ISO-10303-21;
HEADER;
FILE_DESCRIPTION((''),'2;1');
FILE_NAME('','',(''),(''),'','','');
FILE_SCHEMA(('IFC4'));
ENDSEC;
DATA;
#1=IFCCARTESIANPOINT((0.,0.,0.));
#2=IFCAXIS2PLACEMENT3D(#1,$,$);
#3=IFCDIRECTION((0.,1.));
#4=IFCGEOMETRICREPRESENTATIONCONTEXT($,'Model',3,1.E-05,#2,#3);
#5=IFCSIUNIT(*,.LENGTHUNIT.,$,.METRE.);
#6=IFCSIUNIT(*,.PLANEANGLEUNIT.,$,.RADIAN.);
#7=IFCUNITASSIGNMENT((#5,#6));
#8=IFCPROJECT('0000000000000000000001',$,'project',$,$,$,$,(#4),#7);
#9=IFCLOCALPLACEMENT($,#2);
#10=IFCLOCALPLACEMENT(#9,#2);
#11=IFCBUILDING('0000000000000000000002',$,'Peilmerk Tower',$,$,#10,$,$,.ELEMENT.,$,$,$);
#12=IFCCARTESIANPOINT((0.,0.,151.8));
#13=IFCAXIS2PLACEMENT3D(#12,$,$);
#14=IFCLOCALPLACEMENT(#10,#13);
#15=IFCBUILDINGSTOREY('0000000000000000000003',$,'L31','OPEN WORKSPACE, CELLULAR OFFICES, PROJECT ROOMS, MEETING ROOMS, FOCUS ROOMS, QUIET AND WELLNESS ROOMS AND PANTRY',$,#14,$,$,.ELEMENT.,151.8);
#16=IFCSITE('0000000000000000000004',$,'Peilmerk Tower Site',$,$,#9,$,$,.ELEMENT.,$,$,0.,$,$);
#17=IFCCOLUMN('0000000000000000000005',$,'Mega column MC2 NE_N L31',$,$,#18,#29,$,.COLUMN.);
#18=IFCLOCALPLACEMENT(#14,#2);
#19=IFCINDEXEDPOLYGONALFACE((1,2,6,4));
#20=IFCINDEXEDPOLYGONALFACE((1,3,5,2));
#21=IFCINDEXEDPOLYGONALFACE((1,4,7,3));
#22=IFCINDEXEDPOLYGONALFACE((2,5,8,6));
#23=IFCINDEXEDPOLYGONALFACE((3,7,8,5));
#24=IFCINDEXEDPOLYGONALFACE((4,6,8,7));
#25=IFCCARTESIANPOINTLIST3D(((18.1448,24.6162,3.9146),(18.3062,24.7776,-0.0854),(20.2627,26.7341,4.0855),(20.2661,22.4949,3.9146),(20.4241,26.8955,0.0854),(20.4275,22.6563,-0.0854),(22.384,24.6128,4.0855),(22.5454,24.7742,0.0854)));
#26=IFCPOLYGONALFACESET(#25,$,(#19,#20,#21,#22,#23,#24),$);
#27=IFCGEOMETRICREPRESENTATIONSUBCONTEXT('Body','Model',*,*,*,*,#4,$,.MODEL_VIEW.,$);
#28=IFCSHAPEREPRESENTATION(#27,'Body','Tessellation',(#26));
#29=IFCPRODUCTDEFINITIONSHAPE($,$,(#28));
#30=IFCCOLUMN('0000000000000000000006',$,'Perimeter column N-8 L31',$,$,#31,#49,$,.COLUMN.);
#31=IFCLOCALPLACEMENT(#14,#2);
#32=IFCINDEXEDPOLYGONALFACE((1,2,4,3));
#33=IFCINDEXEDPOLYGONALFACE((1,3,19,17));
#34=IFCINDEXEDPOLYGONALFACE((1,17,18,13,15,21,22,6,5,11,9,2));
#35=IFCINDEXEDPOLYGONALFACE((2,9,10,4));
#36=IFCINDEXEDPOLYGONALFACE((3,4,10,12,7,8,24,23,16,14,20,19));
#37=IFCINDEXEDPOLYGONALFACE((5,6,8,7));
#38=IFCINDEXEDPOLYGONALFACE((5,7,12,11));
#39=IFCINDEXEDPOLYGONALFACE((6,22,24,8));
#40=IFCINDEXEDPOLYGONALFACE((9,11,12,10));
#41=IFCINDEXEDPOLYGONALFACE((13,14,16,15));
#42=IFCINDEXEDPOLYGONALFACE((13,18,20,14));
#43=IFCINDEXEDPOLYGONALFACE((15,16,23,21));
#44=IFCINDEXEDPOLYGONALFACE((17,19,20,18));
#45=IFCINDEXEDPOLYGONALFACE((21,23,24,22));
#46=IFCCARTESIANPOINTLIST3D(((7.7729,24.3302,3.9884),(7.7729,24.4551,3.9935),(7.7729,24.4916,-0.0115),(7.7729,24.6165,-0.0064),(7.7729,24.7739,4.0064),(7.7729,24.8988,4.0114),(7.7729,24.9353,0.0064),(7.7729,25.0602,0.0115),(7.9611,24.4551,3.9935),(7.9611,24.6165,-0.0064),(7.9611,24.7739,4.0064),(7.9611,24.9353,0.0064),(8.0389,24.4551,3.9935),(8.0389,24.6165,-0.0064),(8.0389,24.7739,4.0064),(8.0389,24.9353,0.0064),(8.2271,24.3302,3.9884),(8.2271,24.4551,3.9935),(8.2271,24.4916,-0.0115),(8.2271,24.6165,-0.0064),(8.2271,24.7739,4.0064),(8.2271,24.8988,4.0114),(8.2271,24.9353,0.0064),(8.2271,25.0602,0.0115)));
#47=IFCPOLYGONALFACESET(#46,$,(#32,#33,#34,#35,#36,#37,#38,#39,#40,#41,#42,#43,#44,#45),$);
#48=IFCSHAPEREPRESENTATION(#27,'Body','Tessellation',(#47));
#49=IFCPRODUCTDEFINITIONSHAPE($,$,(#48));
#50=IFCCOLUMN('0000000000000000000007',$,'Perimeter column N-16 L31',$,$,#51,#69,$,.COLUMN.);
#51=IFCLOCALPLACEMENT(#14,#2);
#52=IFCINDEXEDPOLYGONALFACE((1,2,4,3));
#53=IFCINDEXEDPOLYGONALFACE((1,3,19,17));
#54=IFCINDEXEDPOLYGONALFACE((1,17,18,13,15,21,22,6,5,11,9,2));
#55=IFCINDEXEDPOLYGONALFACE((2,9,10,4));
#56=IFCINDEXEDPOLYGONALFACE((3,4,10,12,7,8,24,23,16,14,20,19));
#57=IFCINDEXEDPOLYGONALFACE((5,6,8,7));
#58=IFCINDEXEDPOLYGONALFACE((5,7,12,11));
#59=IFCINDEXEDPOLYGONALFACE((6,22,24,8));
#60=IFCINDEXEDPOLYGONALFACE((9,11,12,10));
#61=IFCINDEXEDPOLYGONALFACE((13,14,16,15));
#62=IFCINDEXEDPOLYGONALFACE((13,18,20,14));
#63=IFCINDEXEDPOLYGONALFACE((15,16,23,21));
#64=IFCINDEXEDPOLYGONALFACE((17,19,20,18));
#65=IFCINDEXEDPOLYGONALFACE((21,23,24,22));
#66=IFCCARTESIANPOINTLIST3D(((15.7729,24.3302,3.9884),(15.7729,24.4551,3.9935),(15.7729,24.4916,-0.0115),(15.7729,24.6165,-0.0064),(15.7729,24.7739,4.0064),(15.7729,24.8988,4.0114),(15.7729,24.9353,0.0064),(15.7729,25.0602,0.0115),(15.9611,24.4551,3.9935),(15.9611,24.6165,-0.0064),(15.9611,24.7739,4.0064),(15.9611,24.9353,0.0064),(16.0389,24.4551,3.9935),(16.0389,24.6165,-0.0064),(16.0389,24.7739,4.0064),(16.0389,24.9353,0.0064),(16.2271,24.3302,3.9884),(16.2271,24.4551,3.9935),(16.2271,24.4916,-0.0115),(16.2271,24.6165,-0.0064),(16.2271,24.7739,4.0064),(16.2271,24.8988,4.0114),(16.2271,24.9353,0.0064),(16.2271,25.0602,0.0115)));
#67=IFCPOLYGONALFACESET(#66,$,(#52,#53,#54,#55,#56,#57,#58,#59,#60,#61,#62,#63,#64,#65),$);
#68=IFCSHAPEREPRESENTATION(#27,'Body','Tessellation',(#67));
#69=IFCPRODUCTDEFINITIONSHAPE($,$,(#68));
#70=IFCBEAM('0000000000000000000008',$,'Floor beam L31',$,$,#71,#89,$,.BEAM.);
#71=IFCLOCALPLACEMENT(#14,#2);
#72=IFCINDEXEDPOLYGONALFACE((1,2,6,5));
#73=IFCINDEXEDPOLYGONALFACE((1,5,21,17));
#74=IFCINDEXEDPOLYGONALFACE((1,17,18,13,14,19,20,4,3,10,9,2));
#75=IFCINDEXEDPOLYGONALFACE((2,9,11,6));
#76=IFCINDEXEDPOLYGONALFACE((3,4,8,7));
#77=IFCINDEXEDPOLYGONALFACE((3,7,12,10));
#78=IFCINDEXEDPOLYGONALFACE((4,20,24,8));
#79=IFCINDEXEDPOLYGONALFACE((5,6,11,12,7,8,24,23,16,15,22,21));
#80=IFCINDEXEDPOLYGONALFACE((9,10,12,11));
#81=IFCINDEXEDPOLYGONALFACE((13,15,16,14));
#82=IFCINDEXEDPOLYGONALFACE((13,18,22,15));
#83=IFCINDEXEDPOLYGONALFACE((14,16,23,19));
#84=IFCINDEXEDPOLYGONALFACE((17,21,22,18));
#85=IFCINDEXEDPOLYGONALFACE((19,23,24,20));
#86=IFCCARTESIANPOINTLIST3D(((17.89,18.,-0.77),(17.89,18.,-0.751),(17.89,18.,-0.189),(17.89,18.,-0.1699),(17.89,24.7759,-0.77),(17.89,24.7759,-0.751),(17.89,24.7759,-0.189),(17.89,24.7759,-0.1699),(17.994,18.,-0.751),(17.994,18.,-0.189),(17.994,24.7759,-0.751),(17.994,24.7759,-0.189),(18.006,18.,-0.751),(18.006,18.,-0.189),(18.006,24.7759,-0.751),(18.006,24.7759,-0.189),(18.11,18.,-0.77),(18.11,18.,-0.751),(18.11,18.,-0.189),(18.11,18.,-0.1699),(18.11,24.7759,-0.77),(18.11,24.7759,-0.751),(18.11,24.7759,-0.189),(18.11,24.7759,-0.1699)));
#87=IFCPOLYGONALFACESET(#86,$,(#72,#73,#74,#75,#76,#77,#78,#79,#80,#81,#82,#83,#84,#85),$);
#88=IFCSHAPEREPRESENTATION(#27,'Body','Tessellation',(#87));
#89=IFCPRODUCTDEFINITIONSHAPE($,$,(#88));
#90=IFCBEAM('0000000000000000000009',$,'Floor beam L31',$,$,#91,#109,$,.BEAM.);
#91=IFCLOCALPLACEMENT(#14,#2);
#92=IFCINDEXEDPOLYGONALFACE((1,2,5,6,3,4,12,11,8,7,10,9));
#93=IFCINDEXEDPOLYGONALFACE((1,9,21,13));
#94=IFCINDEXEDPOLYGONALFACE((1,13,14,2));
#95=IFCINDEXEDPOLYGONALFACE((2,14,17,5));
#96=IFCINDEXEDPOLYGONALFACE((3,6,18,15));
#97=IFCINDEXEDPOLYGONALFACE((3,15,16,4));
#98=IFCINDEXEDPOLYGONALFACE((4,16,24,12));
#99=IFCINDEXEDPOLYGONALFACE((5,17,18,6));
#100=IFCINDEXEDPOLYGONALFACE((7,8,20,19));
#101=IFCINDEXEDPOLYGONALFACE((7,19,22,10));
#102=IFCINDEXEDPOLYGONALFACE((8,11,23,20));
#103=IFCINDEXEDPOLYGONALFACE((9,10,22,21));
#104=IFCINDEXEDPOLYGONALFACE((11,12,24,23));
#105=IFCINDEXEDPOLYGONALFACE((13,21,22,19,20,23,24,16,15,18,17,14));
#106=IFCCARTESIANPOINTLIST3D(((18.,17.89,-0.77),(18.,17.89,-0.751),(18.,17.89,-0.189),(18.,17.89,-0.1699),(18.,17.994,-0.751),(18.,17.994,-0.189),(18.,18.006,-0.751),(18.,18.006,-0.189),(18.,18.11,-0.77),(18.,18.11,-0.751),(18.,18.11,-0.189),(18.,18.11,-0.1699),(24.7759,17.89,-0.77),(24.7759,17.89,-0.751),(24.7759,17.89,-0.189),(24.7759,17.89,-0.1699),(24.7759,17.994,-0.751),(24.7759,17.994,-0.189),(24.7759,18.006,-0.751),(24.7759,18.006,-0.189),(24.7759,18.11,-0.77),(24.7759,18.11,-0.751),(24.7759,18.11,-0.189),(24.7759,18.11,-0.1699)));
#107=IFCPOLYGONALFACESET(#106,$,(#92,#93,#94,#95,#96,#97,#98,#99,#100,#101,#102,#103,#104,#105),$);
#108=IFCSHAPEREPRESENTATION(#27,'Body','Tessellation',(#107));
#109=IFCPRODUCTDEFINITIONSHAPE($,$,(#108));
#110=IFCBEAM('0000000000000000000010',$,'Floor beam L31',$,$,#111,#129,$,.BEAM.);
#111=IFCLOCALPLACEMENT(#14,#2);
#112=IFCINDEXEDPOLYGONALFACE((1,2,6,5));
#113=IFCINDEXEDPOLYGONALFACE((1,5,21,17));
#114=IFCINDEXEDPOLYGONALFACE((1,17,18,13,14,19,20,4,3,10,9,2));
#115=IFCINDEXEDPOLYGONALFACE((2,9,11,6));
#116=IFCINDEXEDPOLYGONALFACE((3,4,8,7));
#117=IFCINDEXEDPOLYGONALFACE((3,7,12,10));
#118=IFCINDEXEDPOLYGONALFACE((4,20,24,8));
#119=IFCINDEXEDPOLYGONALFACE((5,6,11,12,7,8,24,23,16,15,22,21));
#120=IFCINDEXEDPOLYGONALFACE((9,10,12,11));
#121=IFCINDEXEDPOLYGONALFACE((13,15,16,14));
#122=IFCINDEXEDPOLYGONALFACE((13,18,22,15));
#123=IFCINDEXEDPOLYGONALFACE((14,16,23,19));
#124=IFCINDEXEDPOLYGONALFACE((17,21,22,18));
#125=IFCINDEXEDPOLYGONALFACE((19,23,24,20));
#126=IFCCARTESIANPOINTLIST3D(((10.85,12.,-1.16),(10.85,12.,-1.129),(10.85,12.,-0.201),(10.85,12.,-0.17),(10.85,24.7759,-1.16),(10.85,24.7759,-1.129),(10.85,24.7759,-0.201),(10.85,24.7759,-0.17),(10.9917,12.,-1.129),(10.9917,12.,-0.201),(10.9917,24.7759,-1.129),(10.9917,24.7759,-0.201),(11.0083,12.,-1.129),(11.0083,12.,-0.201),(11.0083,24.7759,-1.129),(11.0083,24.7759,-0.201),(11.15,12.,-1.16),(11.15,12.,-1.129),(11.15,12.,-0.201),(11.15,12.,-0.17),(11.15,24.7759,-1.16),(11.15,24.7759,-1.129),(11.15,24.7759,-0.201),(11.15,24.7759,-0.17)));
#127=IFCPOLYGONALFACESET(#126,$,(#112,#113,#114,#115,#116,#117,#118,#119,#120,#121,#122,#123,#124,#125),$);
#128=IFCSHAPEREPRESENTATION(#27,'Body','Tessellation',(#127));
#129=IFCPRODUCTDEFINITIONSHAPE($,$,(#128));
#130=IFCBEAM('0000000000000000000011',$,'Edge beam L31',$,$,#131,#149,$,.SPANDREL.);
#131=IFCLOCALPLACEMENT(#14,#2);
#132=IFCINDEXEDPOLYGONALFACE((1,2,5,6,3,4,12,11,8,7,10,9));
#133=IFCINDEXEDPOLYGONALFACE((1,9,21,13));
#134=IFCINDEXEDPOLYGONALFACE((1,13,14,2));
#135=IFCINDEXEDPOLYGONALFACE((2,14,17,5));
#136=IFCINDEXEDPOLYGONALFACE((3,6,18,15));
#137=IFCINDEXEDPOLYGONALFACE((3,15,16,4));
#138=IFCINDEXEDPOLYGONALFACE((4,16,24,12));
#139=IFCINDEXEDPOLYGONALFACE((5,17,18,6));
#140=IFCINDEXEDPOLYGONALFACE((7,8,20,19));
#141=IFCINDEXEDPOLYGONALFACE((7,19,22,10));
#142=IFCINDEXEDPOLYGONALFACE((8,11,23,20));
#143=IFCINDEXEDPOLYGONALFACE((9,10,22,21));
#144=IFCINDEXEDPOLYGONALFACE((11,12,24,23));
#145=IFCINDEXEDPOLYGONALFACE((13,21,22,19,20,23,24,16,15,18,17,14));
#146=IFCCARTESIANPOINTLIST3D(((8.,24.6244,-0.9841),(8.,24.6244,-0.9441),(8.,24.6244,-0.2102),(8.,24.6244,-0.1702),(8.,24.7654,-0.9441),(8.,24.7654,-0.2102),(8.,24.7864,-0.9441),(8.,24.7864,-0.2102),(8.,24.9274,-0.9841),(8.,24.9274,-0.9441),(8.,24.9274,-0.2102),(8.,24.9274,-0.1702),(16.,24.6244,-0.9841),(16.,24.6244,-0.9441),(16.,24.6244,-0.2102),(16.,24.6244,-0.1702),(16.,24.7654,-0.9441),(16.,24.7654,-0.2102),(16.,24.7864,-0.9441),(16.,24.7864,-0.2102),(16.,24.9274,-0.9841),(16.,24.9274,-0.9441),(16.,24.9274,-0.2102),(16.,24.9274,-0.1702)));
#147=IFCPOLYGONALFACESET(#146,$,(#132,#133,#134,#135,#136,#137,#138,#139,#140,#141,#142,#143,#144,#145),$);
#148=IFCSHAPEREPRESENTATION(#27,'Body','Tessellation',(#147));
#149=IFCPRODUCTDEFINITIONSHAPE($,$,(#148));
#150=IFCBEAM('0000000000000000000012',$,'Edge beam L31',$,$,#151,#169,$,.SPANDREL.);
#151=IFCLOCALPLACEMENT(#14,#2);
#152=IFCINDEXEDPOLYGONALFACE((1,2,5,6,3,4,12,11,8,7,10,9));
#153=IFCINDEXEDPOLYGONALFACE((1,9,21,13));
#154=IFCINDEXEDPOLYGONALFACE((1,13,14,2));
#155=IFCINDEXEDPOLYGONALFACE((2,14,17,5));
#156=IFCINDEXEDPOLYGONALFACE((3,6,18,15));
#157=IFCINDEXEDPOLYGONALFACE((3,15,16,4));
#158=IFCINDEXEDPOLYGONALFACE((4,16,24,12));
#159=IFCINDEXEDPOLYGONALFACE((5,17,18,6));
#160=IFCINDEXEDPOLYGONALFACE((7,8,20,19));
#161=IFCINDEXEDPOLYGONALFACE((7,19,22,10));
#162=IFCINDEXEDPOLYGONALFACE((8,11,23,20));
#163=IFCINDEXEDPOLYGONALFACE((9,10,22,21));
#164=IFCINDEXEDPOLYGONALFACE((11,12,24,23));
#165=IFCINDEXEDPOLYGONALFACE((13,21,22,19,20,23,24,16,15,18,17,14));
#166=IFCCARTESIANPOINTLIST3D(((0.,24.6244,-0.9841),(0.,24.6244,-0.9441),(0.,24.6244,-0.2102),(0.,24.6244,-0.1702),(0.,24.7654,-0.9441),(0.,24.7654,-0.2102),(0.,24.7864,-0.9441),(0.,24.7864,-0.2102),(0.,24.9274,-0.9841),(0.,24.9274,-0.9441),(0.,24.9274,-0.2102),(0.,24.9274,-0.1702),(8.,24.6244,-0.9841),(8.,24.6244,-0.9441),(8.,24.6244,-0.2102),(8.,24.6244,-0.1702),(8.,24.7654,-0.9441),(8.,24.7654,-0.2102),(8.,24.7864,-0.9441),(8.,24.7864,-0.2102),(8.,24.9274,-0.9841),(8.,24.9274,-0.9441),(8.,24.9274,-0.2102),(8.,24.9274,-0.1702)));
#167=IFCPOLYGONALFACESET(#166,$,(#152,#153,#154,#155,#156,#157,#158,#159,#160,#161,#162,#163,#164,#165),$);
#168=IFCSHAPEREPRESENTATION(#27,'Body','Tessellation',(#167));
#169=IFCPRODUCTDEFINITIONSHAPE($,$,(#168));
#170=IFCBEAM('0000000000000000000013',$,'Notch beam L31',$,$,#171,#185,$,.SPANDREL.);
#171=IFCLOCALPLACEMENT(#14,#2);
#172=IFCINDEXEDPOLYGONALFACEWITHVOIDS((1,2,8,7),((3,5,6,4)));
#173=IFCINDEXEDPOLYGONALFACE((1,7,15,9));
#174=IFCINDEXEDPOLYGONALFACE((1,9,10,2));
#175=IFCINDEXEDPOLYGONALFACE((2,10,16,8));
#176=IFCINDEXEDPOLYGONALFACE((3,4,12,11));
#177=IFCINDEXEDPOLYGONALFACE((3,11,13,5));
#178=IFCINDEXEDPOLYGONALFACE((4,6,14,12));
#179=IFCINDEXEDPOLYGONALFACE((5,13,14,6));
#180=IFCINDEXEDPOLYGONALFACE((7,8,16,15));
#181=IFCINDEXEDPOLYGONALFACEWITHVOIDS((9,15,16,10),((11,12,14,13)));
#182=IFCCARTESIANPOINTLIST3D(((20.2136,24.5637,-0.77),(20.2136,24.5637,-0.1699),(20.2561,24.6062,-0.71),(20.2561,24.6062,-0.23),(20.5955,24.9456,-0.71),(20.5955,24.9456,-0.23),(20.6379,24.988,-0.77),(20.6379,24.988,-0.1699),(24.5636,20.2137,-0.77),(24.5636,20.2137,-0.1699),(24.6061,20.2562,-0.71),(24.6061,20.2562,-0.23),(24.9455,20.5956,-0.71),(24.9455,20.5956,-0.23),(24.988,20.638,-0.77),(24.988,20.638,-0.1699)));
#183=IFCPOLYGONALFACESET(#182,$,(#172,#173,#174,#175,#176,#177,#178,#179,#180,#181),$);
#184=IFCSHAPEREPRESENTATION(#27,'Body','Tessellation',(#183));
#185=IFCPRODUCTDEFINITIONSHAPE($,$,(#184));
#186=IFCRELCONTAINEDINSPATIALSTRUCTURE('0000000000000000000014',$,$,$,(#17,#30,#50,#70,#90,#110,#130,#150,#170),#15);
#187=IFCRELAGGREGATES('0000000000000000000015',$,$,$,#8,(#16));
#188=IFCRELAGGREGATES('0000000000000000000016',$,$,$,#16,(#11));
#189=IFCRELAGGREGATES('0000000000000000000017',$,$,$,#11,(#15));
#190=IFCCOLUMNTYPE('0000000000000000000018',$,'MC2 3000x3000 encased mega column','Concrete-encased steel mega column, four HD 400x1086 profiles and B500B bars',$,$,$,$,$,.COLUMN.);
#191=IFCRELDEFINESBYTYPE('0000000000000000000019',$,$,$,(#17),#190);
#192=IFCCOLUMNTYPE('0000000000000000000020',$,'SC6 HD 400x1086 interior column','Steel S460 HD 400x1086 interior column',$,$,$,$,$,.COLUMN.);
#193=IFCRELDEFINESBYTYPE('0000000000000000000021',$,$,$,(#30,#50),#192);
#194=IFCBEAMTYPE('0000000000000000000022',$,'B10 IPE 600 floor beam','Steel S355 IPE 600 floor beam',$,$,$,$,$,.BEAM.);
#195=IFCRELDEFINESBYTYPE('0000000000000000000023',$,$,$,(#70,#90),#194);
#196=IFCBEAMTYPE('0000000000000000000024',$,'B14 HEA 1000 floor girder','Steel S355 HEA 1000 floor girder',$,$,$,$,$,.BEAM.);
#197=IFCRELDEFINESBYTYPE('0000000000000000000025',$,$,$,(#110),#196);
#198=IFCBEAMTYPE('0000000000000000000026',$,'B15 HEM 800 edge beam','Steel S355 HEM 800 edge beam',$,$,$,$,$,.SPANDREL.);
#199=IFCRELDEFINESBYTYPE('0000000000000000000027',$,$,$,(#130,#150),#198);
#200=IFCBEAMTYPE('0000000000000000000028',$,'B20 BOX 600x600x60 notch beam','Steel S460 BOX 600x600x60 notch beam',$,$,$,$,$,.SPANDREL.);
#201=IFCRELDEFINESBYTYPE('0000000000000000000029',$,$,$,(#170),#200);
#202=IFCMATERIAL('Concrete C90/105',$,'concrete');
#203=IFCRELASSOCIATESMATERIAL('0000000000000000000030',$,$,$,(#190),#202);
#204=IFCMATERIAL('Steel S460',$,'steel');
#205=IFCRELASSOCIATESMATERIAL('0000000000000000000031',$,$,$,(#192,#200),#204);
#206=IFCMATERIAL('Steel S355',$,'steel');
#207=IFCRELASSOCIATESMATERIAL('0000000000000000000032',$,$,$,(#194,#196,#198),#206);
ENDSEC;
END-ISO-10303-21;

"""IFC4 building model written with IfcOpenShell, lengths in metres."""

from ifc_helpers import new_model, si_unit, direction, frame, origin, origin_2d, place, context, subcontext, project, spatial, rectangle, hollow_rectangle, i_section, extrude, material, material_profile, profile_set, type_object, element, save


model = new_model("IFC4")

# Units and contexts
model_context = context("Model", 3, precision=1e-05, world=origin(), true_north=direction((0.0, 1.0)))
body_context = subcontext(model_context, "Body", "Model", "MODEL_VIEW")
ifc_project = project(units=[si_unit("LENGTHUNIT", "METRE"), si_unit("PLANEANGLEUNIT", "RADIAN")], contexts=[model_context])

# Site, building, storey
site_placement = place(None, origin())
site = spatial("IfcSite", under=ifc_project, at=site_placement, Name="Peilmerk Tower Site", CompositionType="ELEMENT", RefElevation=0.0)
building_placement = place(site_placement, origin())
building = spatial("IfcBuilding", under=site, at=building_placement, Name="Peilmerk Tower", CompositionType="ELEMENT")
storey_placement = place(building_placement, frame((0.0, 0.0, 151.8)))
storey = spatial("IfcBuildingStorey", under=building, at=storey_placement, Name="L31", Description="OPEN WORKSPACE, CELLULAR OFFICES, PROJECT ROOMS, MEETING ROOMS, FOCUS ROOMS, QUIET AND WELLNESS ROOMS AND PANTRY", CompositionType="ELEMENT", Elevation=151.8)

# Columns
ifc_material_1 = material(Name="Concrete C90/105", Category="concrete")
ifc_material_profile_1 = material_profile(ifc_material_1, rectangle(XDim=3.0, YDim=3.0, at=origin_2d()), Name="RC 3000x3000")
ifc_profile_set_1 = profile_set([ifc_material_profile_1], Name="Concrete C90/105")
column_type_1 = type_object("IfcColumnType", Name="MC2 3000x3000 encased mega column", Description="Concrete-encased steel mega column, four HD 400x1086 profiles and B500B bars", PredefinedType="COLUMN", material=ifc_profile_set_1)
column_placement = place(storey_placement, frame((20.4258, 24.7759, 0.0), z_axis=(-0.040279, -0.040279, 0.998376), x_axis=(0.707107, -0.707107, 0.0)))
element("IfcColumn", 1, at=column_placement, inside=storey, type_object=column_type_1, Name="Mega column MC2 NE_N L31", PredefinedType="COLUMN", context=body_context, shape_type="SweptSolid", body=[
    extrude(rectangle(XDim=3.0, YDim=3.0, at=origin_2d()), origin(), (0.0, 0.0, 1.0), 4.0066),
])
ifc_material_2 = material(Name="Steel S460", Category="steel")
ifc_material_profile_2 = material_profile(ifc_material_2, i_section(OverallWidth=0.4541, OverallDepth=0.5691, WebThickness=0.0779, FlangeThickness=0.125, at=origin_2d()), Name="HD 400x1086")
ifc_profile_set_2 = profile_set([ifc_material_profile_2], Name="Steel S460")
column_type_2 = type_object("IfcColumnType", Name="SC6 HD 400x1086 interior column", Description="Steel S460 HD 400x1086 interior column", PredefinedType="COLUMN", material=ifc_profile_set_2)
for number, where, z_axis, x_axis, name in (
    (2, (8.0, 24.7759, 0.0), (0.0, -0.040311, 0.999187), (1.0, 0.0, 0.0), "Perimeter column N-8 L31"),
    (3, (16.0, 24.7759, 0.0), (0.0, -0.040311, 0.999187), (1.0, 0.0, 0.0), "Perimeter column N-16 L31"),
):
    element("IfcColumn", number, at=place(storey_placement, frame(where, z_axis=z_axis, x_axis=x_axis)), inside=storey, type_object=column_type_2, Name=name, PredefinedType="COLUMN", context=body_context, shape_type="SweptSolid", body=[
        extrude(i_section(OverallWidth=0.4541, OverallDepth=0.5691, WebThickness=0.0779, FlangeThickness=0.125, at=origin_2d()), origin(), (0.0, 0.0, 1.0), 4.0032),
    ])

# Beams
ifc_material_3 = material(Name="Steel S355", Category="steel")
ifc_material_profile_3 = material_profile(ifc_material_3, i_section(OverallWidth=0.22, OverallDepth=0.6001, WebThickness=0.012, FlangeThickness=0.019, at=origin_2d()), Name="IPE 600")
ifc_profile_set_3 = profile_set([ifc_material_profile_3], Name="Steel S355")
beam_type_1 = type_object("IfcBeamType", Name="B10 IPE 600 floor beam", Description="Steel S355 IPE 600 floor beam", PredefinedType="BEAM", material=ifc_profile_set_3)
for number, where, z_axis, x_axis, name in (
    (4, (18.0, 18.0, -0.47), (0.0, 1.0, 0.0), (-1.0, 0.0, 0.0), "Floor beam L31"),
    (5, (18.0, 18.0, -0.47), (1.0, 0.0, 0.0), (0.0, 1.0, 0.0), "Floor beam L31"),
):
    element("IfcBeam", number, at=place(storey_placement, frame(where, z_axis=z_axis, x_axis=x_axis)), inside=storey, type_object=beam_type_1, Name=name, PredefinedType="BEAM", context=body_context, shape_type="SweptSolid", body=[
        extrude(i_section(OverallWidth=0.22, OverallDepth=0.6001, WebThickness=0.012, FlangeThickness=0.019, at=origin_2d()), origin(), (0.0, 0.0, 1.0), 6.7759),
    ])
ifc_material_profile_4 = material_profile(ifc_material_3, i_section(OverallWidth=0.3, OverallDepth=0.99, WebThickness=0.0166, FlangeThickness=0.031, at=origin_2d()), Name="HEA 1000")
ifc_profile_set_4 = profile_set([ifc_material_profile_4], Name="Steel S355")
beam_type_2 = type_object("IfcBeamType", Name="B14 HEA 1000 floor girder", Description="Steel S355 HEA 1000 floor girder", PredefinedType="BEAM", material=ifc_profile_set_4)
beam_1_placement = place(storey_placement, frame((11.0, 12.0, -0.665), z_axis=(0.0, 1.0, 0.0), x_axis=(-1.0, 0.0, 0.0)))
element("IfcBeam", 6, at=beam_1_placement, inside=storey, type_object=beam_type_2, Name="Floor beam L31", PredefinedType="BEAM", context=body_context, shape_type="SweptSolid", body=[
    extrude(i_section(OverallWidth=0.3, OverallDepth=0.99, WebThickness=0.0166, FlangeThickness=0.031, at=origin_2d()), origin(), (0.0, 0.0, 1.0), 12.7759),
])
ifc_material_profile_5 = material_profile(ifc_material_3, i_section(OverallWidth=0.303, OverallDepth=0.814, WebThickness=0.021, FlangeThickness=0.04, at=origin_2d()), Name="HEM 800")
ifc_profile_set_5 = profile_set([ifc_material_profile_5], Name="Steel S355")
beam_type_3 = type_object("IfcBeamType", Name="B15 HEM 800 edge beam", Description="Steel S355 HEM 800 edge beam", PredefinedType="SPANDREL", material=ifc_profile_set_5)
for number, where, z_axis, x_axis, name in (
    (7, (16.0, 24.7759, -0.5771), (-1.0, 0.0, 0.0), (0.0, -1.0, 0.0), "Edge beam L31"),
    (8, (8.0, 24.7759, -0.5771), (-1.0, 0.0, 0.0), (0.0, -1.0, 0.0), "Edge beam L31"),
):
    element("IfcBeam", number, at=place(storey_placement, frame(where, z_axis=z_axis, x_axis=x_axis)), inside=storey, type_object=beam_type_3, Name=name, PredefinedType="SPANDREL", context=body_context, shape_type="SweptSolid", body=[
        extrude(i_section(OverallWidth=0.303, OverallDepth=0.814, WebThickness=0.021, FlangeThickness=0.04, at=origin_2d()), origin(), (0.0, 0.0, 1.0), 8.0),
    ])
ifc_material_profile_6 = material_profile(ifc_material_2, hollow_rectangle(XDim=0.6001, YDim=0.6001, WallThickness=0.0601, at=origin_2d()), Name="BOX 600x600x60")
ifc_profile_set_6 = profile_set([ifc_material_profile_6], Name="Steel S460")
beam_type_4 = type_object("IfcBeamType", Name="B20 BOX 600x600x60 notch beam", Description="Steel S460 BOX 600x600x60 notch beam", PredefinedType="SPANDREL", material=ifc_profile_set_6)
beam_2_placement = place(storey_placement, frame((20.4258, 24.7759, -0.47), z_axis=(0.707107, -0.707107, 0.0), x_axis=(0.707107, 0.707107, 0.0)))
element("IfcBeam", 9, at=beam_2_placement, inside=storey, type_object=beam_type_4, Name="Notch beam L31", PredefinedType="SPANDREL", context=body_context, shape_type="SweptSolid", body=[
    extrude(hollow_rectangle(XDim=0.6001, YDim=0.6001, WallThickness=0.0601, at=origin_2d()), origin(), (0.0, 0.0, 1.0), 6.1519),
])

save(model, "model.ifc")
